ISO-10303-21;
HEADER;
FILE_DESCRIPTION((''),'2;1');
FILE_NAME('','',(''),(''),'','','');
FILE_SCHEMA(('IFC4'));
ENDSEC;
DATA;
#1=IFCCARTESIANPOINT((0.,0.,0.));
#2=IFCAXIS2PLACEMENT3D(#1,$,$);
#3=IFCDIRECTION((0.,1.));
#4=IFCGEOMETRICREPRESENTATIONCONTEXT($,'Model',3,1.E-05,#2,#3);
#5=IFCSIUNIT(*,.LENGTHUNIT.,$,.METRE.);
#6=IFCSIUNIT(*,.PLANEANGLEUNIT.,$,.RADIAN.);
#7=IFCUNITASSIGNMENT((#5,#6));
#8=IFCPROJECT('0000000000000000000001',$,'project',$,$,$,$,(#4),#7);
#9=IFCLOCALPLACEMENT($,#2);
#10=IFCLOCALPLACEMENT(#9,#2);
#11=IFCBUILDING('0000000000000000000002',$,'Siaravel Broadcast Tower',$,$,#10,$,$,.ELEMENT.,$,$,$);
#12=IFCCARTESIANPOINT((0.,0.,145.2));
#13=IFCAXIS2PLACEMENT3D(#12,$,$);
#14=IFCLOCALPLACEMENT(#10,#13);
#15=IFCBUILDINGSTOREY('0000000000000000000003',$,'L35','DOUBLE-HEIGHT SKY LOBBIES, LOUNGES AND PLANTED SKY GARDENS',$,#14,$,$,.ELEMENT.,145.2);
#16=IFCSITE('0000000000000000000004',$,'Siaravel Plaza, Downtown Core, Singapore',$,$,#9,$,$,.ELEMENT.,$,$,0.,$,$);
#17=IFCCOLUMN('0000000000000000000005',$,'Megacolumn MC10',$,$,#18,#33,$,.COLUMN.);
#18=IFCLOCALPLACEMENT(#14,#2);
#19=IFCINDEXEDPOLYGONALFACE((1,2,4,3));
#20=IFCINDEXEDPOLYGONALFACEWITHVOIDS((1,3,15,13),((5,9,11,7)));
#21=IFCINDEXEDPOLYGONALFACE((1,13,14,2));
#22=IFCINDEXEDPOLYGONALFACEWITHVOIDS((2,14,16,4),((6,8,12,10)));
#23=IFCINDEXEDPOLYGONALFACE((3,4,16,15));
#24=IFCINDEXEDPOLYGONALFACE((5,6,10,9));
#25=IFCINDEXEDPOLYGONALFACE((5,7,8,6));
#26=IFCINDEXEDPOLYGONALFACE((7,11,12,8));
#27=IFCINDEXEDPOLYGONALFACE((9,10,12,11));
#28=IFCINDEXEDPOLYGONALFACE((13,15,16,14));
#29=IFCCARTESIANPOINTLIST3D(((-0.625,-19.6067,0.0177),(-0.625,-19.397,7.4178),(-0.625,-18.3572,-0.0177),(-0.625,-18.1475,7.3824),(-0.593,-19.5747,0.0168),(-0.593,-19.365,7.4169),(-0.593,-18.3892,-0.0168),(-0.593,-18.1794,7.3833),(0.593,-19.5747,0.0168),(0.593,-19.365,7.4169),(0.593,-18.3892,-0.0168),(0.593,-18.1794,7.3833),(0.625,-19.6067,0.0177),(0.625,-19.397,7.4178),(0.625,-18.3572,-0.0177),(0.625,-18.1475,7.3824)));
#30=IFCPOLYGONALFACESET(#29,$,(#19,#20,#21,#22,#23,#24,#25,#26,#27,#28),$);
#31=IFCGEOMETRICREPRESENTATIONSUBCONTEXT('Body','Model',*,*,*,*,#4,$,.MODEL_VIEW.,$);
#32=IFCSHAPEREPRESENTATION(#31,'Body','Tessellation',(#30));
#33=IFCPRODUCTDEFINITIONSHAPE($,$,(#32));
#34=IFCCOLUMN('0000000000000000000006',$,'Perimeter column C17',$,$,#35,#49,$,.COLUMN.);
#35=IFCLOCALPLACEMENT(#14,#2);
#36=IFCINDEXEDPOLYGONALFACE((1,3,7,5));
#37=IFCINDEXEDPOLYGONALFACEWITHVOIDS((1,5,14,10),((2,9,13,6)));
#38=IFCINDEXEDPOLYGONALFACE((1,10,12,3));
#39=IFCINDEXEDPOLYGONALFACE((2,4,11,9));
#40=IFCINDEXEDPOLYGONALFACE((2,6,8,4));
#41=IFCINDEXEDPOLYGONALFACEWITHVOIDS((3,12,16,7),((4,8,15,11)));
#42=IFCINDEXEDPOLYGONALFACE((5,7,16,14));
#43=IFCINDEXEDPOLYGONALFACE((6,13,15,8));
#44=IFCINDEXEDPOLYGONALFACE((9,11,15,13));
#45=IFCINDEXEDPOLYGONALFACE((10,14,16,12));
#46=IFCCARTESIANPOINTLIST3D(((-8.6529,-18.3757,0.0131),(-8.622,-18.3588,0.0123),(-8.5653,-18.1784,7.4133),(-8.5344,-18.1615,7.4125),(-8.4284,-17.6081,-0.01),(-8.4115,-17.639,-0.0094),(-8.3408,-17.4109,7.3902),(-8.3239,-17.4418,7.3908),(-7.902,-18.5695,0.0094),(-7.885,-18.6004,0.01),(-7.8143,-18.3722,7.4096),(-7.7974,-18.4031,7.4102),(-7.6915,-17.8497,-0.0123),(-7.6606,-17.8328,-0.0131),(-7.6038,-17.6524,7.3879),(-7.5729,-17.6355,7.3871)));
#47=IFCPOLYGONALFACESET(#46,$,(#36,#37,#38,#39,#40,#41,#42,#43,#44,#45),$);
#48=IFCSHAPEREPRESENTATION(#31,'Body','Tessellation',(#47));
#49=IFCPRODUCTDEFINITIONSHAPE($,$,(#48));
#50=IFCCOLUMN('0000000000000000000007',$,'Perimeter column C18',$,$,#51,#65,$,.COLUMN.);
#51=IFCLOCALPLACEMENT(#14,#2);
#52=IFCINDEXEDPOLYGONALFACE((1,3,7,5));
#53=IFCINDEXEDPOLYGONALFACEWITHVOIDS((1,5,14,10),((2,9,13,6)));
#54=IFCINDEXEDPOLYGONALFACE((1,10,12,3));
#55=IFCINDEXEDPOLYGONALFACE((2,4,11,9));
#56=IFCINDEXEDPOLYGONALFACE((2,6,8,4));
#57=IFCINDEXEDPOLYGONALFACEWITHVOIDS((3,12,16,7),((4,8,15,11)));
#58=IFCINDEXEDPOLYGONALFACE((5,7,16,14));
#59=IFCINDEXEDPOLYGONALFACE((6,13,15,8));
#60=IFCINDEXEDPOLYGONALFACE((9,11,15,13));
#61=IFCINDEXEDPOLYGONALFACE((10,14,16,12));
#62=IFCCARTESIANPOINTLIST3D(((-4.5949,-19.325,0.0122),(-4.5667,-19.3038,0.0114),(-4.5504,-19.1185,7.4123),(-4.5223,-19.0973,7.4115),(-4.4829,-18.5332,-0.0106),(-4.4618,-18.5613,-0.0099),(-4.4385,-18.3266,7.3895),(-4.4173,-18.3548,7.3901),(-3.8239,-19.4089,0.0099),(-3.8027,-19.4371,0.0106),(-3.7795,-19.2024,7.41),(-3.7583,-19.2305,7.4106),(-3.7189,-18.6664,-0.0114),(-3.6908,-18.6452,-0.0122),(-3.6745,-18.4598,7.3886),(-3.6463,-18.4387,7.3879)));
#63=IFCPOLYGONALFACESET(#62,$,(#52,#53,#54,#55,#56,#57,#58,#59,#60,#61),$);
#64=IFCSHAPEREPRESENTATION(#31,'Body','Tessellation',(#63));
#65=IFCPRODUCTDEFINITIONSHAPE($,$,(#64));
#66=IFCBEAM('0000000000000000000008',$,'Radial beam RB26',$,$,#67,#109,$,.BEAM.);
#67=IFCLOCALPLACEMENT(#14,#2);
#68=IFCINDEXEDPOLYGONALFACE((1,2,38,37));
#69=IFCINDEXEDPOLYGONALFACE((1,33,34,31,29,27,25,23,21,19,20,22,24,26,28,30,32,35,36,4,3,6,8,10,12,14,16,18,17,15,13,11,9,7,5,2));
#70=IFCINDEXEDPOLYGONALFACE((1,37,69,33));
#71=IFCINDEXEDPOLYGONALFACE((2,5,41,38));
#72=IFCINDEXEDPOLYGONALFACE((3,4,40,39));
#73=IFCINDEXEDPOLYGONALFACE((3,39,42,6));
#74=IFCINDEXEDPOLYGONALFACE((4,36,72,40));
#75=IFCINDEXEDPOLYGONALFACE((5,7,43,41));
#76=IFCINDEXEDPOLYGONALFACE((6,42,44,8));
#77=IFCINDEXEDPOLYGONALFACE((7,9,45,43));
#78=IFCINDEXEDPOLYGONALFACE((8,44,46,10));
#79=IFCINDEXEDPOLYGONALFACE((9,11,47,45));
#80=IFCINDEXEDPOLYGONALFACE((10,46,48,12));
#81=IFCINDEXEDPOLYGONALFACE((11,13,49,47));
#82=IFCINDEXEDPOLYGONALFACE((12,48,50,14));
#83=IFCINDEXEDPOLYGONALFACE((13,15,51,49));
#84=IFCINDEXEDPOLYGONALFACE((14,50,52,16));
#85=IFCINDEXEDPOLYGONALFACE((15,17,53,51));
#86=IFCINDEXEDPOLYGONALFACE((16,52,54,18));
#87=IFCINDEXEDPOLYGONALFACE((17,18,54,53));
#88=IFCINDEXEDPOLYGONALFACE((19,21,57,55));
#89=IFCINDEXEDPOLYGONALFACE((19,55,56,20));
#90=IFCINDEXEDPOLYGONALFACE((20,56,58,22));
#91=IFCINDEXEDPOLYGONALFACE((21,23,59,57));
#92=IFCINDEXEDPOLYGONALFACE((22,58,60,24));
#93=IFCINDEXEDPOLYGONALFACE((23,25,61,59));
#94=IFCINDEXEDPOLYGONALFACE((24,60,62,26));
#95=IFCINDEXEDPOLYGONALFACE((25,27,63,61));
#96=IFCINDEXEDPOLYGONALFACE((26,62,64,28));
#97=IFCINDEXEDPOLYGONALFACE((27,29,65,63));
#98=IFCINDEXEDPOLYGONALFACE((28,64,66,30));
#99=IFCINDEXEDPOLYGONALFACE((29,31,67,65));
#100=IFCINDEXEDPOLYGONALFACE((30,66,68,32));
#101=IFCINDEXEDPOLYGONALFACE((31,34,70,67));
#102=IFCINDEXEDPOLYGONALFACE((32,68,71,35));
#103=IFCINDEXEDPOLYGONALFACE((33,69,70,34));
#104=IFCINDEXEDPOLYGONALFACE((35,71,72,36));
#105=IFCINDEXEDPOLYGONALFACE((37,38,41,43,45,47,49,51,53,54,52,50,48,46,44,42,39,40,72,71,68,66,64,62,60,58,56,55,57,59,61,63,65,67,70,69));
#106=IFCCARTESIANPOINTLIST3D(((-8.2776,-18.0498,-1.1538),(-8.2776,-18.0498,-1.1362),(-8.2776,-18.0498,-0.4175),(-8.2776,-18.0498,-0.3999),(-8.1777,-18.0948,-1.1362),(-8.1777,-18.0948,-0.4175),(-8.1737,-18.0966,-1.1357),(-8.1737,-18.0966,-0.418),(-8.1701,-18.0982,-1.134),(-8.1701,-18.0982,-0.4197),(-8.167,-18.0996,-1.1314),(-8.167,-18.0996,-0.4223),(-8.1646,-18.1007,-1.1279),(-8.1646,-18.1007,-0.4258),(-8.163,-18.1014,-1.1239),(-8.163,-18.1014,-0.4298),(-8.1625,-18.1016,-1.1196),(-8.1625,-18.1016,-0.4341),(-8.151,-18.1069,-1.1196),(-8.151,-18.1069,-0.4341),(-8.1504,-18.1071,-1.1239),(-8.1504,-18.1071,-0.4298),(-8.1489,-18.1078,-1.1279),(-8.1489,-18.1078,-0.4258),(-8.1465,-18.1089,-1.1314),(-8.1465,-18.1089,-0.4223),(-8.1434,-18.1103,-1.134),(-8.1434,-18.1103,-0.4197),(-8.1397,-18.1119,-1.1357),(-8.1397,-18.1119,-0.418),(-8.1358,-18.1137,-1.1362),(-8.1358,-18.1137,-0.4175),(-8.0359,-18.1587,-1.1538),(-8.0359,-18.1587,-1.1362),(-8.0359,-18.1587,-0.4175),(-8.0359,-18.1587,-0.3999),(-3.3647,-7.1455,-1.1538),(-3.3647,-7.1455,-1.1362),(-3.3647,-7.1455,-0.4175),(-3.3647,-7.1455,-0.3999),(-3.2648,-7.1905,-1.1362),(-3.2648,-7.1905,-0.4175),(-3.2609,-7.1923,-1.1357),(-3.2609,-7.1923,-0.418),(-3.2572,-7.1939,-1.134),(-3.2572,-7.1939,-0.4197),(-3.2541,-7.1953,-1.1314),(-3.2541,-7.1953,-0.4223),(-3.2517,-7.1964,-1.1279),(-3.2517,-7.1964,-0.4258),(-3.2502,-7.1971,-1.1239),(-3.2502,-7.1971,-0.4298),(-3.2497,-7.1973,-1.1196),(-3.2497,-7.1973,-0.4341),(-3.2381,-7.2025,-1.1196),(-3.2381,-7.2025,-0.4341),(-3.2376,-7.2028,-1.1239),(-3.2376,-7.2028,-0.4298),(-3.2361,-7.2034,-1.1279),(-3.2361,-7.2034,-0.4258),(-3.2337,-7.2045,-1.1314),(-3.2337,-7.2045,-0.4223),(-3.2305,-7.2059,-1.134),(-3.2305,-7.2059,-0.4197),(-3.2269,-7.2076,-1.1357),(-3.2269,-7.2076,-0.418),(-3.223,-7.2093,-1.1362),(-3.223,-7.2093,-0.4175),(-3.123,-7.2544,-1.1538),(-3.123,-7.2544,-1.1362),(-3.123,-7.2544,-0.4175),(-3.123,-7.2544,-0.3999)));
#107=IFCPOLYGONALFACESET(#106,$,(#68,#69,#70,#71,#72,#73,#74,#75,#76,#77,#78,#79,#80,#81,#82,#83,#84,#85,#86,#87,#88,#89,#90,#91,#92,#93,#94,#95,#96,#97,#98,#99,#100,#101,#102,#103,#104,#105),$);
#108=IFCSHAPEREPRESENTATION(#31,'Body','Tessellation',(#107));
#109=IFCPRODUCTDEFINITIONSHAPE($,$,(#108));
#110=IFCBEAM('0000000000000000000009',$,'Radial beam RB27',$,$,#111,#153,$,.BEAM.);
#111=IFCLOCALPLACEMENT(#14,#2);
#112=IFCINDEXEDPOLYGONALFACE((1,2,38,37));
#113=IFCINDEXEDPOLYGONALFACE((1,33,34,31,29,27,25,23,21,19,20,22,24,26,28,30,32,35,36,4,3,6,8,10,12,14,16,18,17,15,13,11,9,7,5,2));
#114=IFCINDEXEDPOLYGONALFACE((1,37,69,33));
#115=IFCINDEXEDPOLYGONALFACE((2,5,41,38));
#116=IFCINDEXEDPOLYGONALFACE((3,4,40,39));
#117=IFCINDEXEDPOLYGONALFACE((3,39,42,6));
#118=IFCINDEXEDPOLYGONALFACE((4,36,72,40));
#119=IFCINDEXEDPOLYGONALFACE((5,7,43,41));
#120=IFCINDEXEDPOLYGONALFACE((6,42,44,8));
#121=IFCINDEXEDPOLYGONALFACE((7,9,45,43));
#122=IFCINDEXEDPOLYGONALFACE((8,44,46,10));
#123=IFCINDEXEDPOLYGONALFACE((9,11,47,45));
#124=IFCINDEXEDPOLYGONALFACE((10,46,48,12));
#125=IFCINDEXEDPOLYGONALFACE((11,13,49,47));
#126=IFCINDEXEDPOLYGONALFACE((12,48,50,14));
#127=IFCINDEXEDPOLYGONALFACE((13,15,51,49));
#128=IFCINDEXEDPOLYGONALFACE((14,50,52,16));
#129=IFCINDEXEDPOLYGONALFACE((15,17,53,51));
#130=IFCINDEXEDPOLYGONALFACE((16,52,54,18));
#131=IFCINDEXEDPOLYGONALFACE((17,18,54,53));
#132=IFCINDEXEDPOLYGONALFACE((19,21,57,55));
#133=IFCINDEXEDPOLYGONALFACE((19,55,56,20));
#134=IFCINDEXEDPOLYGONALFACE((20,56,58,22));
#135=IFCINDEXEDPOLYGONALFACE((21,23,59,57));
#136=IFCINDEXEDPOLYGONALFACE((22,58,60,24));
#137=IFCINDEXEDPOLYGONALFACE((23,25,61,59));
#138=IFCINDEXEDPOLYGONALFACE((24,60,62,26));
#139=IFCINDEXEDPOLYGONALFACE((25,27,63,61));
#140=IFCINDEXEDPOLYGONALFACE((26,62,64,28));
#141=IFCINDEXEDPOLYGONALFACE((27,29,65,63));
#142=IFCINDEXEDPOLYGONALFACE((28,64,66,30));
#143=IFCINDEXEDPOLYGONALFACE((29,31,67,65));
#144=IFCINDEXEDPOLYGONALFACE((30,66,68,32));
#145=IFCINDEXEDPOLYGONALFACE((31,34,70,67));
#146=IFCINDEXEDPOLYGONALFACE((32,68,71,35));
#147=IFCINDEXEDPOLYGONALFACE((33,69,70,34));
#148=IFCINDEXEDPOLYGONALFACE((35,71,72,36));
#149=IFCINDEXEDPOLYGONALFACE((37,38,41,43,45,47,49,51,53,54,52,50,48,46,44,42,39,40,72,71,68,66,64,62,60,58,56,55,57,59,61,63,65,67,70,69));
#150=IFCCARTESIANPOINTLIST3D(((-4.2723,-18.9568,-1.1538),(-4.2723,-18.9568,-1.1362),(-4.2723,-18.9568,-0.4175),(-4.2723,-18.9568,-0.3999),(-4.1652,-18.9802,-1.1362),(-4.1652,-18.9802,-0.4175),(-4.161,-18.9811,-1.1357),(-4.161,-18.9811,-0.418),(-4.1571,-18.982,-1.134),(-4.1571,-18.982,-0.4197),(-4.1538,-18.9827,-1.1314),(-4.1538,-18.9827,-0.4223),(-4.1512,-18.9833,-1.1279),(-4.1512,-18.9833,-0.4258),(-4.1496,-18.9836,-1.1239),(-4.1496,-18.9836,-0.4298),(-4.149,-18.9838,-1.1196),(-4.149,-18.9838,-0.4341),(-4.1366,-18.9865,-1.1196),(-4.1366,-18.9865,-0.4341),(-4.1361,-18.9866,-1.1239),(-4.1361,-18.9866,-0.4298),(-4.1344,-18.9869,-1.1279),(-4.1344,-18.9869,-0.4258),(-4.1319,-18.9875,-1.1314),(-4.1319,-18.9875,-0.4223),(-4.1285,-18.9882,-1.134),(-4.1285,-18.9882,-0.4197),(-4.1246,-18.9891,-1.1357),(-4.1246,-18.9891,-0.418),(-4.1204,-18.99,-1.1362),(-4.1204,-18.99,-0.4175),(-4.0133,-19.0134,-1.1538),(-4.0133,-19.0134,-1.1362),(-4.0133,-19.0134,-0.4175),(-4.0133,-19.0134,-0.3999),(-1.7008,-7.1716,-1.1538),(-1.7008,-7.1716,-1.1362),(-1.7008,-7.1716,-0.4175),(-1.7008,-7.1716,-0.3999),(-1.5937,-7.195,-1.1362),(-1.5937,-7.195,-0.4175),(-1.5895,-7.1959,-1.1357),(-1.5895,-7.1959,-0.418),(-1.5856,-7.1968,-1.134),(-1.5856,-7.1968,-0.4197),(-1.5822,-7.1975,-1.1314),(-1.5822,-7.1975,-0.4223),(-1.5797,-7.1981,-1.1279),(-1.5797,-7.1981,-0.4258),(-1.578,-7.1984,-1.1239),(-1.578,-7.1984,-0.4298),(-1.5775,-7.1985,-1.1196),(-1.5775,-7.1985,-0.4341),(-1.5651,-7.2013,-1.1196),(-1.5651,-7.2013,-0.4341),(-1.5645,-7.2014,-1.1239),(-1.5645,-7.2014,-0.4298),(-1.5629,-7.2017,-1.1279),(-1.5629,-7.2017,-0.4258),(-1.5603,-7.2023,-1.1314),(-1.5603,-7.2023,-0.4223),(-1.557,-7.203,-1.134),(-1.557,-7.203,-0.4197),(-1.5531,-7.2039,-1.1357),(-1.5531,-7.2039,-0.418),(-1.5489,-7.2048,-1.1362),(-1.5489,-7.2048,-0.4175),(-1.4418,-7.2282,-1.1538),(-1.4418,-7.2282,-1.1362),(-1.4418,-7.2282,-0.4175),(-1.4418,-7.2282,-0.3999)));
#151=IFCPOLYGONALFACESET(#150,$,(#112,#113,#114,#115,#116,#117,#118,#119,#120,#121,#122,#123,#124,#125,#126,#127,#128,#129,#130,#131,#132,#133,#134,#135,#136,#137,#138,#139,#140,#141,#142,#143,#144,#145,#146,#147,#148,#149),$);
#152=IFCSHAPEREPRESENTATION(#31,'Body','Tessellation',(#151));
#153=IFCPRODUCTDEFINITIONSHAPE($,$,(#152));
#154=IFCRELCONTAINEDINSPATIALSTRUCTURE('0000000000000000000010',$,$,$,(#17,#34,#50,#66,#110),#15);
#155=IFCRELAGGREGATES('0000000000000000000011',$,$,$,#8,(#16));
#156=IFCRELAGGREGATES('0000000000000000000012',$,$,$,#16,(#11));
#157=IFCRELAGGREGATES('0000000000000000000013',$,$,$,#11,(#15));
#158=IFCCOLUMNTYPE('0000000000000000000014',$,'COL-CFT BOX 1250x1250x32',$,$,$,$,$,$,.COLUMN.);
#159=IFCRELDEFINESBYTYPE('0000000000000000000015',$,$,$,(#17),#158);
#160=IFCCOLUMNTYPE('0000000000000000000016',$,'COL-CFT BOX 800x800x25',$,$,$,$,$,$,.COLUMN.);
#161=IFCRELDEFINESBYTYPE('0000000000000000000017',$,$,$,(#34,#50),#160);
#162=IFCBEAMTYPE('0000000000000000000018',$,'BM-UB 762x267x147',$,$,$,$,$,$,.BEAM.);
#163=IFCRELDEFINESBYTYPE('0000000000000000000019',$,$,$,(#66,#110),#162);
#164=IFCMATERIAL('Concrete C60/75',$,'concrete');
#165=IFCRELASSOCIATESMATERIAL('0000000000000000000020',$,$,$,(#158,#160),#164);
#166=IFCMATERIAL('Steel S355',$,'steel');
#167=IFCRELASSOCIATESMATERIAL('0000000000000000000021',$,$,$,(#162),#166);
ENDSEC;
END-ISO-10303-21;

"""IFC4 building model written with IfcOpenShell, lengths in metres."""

from ifc_helpers import new_model, si_unit, direction, frame, origin, origin_2d, place, context, subcontext, project, spatial, hollow_rectangle, i_section, extrude, material, material_profile, profile_set, type_object, element, save


model = new_model("IFC4")

# Units and contexts
model_context = context("Model", 3, precision=1e-05, world=origin(), true_north=direction((0.0, 1.0)))
body_context = subcontext(model_context, "Body", "Model", "MODEL_VIEW")
ifc_project = project(units=[si_unit("LENGTHUNIT", "METRE"), si_unit("PLANEANGLEUNIT", "RADIAN")], contexts=[model_context])

# Site, building, storey
site_placement = place(None, origin())
site = spatial("IfcSite", under=ifc_project, at=site_placement, Name="Siaravel Plaza, Downtown Core, Singapore", CompositionType="ELEMENT", RefElevation=0.0)
building_placement = place(site_placement, origin())
building = spatial("IfcBuilding", under=site, at=building_placement, Name="Siaravel Broadcast Tower", CompositionType="ELEMENT")
storey_placement = place(building_placement, frame((0.0, 0.0, 145.2)))
storey = spatial("IfcBuildingStorey", under=building, at=storey_placement, Name="L35", Description="DOUBLE-HEIGHT SKY LOBBIES, LOUNGES AND PLANTED SKY GARDENS", CompositionType="ELEMENT", Elevation=145.2)

# Columns
ifc_material_1 = material(Name="Concrete C60/75", Category="concrete")
ifc_material_profile_1 = material_profile(ifc_material_1, hollow_rectangle(XDim=1.25, YDim=1.25, WallThickness=0.032, at=origin_2d()))
ifc_profile_set_1 = profile_set([ifc_material_profile_1], Name="Concrete C60/75")
column_type_1 = type_object("IfcColumnType", Name="COL-CFT BOX 1250x1250x32", PredefinedType="COLUMN", material=ifc_profile_set_1)
column_1_placement = place(storey_placement, frame((0.0, -18.9819, 0.0), z_axis=(0.0, 0.028328, 0.999599), x_axis=(-1.0, 0.0, 0.0)))
element("IfcColumn", 1, at=column_1_placement, inside=storey, type_object=column_type_1, Name="Megacolumn MC10", PredefinedType="COLUMN", context=body_context, shape_type="SweptSolid", body=[
    extrude(hollow_rectangle(XDim=1.25, YDim=1.25, WallThickness=0.032, at=origin_2d()), origin(), (0.0, 0.0, 1.0), 7.4031),
])
ifc_material_profile_2 = material_profile(ifc_material_1, hollow_rectangle(XDim=0.8, YDim=0.8, WallThickness=0.0249, at=origin_2d()))
ifc_profile_set_2 = profile_set([ifc_material_profile_2], Name="Concrete C60/75")
column_type_2 = type_object("IfcColumnType", Name="COL-CFT BOX 800x800x25", PredefinedType="COLUMN", material=ifc_profile_set_2)
column_2_placement = place(storey_placement, frame((-8.1567, -18.1042, 0.0), z_axis=(0.011839, 0.026646, 0.999575), x_axis=(-0.959763, 0.280784, 0.003882)))
element("IfcColumn", 2, at=column_2_placement, inside=storey, type_object=column_type_2, Name="Perimeter column C17", PredefinedType="COLUMN", context=body_context, shape_type="SweptSolid", body=[
    extrude(hollow_rectangle(XDim=0.8, YDim=0.8, WallThickness=0.0249, at=origin_2d()), origin(), (0.0, 0.0, 1.0), 7.4033),
])
column_3_placement = place(storey_placement, frame((-4.1428, -18.9851, 0.0), z_axis=(0.006002, 0.027899, 0.999593), x_axis=(-0.990143, 0.140048, 0.002036)))
element("IfcColumn", 3, at=column_3_placement, inside=storey, type_object=column_type_2, Name="Perimeter column C18", PredefinedType="COLUMN", context=body_context, shape_type="SweptSolid", body=[
    extrude(hollow_rectangle(XDim=0.8, YDim=0.8, WallThickness=0.0249, at=origin_2d()), origin(), (0.0, 0.0, 1.0), 7.4031),
])

# Beams
ifc_material_2 = material(Name="Steel S355", Category="steel")
ifc_material_profile_3 = material_profile(ifc_material_2, i_section(OverallWidth=0.2651, OverallDepth=0.7539, WebThickness=0.0127, FlangeThickness=0.0176, FilletRadius=0.0166, at=origin_2d()))
ifc_profile_set_3 = profile_set([ifc_material_profile_3], Name="Steel S355")
beam_type = type_object("IfcBeamType", Name="BM-UB 762x267x147", PredefinedType="BEAM", material=ifc_profile_set_3)
beam_1_placement = place(storey_placement, frame((-8.1567, -18.1042, -0.7769), z_axis=(0.410775, 0.911737, 0.0), x_axis=(-0.911737, 0.410775, 0.0)))
element("IfcBeam", 4, at=beam_1_placement, inside=storey, type_object=beam_type, Name="Radial beam RB26", PredefinedType="BEAM", context=body_context, shape_type="SweptSolid", body=[
    extrude(i_section(OverallWidth=0.2651, OverallDepth=0.7539, WebThickness=0.0127, FlangeThickness=0.0176, FilletRadius=0.0166, at=origin_2d()), origin(), (0.0, 0.0, 1.0), 11.96),
])
beam_2_placement = place(storey_placement, frame((-4.1428, -18.9851, -0.7769), z_axis=(0.213185, 0.977012, 0.0), x_axis=(-0.977012, 0.213185, 0.0)))
element("IfcBeam", 5, at=beam_2_placement, inside=storey, type_object=beam_type, Name="Radial beam RB27", PredefinedType="BEAM", context=body_context, shape_type="SweptSolid", body=[
    extrude(i_section(OverallWidth=0.2651, OverallDepth=0.7539, WebThickness=0.0127, FlangeThickness=0.0176, FilletRadius=0.0166, at=origin_2d()), origin(), (0.0, 0.0, 1.0), 12.0625),
])

save(model, "model.ifc")
